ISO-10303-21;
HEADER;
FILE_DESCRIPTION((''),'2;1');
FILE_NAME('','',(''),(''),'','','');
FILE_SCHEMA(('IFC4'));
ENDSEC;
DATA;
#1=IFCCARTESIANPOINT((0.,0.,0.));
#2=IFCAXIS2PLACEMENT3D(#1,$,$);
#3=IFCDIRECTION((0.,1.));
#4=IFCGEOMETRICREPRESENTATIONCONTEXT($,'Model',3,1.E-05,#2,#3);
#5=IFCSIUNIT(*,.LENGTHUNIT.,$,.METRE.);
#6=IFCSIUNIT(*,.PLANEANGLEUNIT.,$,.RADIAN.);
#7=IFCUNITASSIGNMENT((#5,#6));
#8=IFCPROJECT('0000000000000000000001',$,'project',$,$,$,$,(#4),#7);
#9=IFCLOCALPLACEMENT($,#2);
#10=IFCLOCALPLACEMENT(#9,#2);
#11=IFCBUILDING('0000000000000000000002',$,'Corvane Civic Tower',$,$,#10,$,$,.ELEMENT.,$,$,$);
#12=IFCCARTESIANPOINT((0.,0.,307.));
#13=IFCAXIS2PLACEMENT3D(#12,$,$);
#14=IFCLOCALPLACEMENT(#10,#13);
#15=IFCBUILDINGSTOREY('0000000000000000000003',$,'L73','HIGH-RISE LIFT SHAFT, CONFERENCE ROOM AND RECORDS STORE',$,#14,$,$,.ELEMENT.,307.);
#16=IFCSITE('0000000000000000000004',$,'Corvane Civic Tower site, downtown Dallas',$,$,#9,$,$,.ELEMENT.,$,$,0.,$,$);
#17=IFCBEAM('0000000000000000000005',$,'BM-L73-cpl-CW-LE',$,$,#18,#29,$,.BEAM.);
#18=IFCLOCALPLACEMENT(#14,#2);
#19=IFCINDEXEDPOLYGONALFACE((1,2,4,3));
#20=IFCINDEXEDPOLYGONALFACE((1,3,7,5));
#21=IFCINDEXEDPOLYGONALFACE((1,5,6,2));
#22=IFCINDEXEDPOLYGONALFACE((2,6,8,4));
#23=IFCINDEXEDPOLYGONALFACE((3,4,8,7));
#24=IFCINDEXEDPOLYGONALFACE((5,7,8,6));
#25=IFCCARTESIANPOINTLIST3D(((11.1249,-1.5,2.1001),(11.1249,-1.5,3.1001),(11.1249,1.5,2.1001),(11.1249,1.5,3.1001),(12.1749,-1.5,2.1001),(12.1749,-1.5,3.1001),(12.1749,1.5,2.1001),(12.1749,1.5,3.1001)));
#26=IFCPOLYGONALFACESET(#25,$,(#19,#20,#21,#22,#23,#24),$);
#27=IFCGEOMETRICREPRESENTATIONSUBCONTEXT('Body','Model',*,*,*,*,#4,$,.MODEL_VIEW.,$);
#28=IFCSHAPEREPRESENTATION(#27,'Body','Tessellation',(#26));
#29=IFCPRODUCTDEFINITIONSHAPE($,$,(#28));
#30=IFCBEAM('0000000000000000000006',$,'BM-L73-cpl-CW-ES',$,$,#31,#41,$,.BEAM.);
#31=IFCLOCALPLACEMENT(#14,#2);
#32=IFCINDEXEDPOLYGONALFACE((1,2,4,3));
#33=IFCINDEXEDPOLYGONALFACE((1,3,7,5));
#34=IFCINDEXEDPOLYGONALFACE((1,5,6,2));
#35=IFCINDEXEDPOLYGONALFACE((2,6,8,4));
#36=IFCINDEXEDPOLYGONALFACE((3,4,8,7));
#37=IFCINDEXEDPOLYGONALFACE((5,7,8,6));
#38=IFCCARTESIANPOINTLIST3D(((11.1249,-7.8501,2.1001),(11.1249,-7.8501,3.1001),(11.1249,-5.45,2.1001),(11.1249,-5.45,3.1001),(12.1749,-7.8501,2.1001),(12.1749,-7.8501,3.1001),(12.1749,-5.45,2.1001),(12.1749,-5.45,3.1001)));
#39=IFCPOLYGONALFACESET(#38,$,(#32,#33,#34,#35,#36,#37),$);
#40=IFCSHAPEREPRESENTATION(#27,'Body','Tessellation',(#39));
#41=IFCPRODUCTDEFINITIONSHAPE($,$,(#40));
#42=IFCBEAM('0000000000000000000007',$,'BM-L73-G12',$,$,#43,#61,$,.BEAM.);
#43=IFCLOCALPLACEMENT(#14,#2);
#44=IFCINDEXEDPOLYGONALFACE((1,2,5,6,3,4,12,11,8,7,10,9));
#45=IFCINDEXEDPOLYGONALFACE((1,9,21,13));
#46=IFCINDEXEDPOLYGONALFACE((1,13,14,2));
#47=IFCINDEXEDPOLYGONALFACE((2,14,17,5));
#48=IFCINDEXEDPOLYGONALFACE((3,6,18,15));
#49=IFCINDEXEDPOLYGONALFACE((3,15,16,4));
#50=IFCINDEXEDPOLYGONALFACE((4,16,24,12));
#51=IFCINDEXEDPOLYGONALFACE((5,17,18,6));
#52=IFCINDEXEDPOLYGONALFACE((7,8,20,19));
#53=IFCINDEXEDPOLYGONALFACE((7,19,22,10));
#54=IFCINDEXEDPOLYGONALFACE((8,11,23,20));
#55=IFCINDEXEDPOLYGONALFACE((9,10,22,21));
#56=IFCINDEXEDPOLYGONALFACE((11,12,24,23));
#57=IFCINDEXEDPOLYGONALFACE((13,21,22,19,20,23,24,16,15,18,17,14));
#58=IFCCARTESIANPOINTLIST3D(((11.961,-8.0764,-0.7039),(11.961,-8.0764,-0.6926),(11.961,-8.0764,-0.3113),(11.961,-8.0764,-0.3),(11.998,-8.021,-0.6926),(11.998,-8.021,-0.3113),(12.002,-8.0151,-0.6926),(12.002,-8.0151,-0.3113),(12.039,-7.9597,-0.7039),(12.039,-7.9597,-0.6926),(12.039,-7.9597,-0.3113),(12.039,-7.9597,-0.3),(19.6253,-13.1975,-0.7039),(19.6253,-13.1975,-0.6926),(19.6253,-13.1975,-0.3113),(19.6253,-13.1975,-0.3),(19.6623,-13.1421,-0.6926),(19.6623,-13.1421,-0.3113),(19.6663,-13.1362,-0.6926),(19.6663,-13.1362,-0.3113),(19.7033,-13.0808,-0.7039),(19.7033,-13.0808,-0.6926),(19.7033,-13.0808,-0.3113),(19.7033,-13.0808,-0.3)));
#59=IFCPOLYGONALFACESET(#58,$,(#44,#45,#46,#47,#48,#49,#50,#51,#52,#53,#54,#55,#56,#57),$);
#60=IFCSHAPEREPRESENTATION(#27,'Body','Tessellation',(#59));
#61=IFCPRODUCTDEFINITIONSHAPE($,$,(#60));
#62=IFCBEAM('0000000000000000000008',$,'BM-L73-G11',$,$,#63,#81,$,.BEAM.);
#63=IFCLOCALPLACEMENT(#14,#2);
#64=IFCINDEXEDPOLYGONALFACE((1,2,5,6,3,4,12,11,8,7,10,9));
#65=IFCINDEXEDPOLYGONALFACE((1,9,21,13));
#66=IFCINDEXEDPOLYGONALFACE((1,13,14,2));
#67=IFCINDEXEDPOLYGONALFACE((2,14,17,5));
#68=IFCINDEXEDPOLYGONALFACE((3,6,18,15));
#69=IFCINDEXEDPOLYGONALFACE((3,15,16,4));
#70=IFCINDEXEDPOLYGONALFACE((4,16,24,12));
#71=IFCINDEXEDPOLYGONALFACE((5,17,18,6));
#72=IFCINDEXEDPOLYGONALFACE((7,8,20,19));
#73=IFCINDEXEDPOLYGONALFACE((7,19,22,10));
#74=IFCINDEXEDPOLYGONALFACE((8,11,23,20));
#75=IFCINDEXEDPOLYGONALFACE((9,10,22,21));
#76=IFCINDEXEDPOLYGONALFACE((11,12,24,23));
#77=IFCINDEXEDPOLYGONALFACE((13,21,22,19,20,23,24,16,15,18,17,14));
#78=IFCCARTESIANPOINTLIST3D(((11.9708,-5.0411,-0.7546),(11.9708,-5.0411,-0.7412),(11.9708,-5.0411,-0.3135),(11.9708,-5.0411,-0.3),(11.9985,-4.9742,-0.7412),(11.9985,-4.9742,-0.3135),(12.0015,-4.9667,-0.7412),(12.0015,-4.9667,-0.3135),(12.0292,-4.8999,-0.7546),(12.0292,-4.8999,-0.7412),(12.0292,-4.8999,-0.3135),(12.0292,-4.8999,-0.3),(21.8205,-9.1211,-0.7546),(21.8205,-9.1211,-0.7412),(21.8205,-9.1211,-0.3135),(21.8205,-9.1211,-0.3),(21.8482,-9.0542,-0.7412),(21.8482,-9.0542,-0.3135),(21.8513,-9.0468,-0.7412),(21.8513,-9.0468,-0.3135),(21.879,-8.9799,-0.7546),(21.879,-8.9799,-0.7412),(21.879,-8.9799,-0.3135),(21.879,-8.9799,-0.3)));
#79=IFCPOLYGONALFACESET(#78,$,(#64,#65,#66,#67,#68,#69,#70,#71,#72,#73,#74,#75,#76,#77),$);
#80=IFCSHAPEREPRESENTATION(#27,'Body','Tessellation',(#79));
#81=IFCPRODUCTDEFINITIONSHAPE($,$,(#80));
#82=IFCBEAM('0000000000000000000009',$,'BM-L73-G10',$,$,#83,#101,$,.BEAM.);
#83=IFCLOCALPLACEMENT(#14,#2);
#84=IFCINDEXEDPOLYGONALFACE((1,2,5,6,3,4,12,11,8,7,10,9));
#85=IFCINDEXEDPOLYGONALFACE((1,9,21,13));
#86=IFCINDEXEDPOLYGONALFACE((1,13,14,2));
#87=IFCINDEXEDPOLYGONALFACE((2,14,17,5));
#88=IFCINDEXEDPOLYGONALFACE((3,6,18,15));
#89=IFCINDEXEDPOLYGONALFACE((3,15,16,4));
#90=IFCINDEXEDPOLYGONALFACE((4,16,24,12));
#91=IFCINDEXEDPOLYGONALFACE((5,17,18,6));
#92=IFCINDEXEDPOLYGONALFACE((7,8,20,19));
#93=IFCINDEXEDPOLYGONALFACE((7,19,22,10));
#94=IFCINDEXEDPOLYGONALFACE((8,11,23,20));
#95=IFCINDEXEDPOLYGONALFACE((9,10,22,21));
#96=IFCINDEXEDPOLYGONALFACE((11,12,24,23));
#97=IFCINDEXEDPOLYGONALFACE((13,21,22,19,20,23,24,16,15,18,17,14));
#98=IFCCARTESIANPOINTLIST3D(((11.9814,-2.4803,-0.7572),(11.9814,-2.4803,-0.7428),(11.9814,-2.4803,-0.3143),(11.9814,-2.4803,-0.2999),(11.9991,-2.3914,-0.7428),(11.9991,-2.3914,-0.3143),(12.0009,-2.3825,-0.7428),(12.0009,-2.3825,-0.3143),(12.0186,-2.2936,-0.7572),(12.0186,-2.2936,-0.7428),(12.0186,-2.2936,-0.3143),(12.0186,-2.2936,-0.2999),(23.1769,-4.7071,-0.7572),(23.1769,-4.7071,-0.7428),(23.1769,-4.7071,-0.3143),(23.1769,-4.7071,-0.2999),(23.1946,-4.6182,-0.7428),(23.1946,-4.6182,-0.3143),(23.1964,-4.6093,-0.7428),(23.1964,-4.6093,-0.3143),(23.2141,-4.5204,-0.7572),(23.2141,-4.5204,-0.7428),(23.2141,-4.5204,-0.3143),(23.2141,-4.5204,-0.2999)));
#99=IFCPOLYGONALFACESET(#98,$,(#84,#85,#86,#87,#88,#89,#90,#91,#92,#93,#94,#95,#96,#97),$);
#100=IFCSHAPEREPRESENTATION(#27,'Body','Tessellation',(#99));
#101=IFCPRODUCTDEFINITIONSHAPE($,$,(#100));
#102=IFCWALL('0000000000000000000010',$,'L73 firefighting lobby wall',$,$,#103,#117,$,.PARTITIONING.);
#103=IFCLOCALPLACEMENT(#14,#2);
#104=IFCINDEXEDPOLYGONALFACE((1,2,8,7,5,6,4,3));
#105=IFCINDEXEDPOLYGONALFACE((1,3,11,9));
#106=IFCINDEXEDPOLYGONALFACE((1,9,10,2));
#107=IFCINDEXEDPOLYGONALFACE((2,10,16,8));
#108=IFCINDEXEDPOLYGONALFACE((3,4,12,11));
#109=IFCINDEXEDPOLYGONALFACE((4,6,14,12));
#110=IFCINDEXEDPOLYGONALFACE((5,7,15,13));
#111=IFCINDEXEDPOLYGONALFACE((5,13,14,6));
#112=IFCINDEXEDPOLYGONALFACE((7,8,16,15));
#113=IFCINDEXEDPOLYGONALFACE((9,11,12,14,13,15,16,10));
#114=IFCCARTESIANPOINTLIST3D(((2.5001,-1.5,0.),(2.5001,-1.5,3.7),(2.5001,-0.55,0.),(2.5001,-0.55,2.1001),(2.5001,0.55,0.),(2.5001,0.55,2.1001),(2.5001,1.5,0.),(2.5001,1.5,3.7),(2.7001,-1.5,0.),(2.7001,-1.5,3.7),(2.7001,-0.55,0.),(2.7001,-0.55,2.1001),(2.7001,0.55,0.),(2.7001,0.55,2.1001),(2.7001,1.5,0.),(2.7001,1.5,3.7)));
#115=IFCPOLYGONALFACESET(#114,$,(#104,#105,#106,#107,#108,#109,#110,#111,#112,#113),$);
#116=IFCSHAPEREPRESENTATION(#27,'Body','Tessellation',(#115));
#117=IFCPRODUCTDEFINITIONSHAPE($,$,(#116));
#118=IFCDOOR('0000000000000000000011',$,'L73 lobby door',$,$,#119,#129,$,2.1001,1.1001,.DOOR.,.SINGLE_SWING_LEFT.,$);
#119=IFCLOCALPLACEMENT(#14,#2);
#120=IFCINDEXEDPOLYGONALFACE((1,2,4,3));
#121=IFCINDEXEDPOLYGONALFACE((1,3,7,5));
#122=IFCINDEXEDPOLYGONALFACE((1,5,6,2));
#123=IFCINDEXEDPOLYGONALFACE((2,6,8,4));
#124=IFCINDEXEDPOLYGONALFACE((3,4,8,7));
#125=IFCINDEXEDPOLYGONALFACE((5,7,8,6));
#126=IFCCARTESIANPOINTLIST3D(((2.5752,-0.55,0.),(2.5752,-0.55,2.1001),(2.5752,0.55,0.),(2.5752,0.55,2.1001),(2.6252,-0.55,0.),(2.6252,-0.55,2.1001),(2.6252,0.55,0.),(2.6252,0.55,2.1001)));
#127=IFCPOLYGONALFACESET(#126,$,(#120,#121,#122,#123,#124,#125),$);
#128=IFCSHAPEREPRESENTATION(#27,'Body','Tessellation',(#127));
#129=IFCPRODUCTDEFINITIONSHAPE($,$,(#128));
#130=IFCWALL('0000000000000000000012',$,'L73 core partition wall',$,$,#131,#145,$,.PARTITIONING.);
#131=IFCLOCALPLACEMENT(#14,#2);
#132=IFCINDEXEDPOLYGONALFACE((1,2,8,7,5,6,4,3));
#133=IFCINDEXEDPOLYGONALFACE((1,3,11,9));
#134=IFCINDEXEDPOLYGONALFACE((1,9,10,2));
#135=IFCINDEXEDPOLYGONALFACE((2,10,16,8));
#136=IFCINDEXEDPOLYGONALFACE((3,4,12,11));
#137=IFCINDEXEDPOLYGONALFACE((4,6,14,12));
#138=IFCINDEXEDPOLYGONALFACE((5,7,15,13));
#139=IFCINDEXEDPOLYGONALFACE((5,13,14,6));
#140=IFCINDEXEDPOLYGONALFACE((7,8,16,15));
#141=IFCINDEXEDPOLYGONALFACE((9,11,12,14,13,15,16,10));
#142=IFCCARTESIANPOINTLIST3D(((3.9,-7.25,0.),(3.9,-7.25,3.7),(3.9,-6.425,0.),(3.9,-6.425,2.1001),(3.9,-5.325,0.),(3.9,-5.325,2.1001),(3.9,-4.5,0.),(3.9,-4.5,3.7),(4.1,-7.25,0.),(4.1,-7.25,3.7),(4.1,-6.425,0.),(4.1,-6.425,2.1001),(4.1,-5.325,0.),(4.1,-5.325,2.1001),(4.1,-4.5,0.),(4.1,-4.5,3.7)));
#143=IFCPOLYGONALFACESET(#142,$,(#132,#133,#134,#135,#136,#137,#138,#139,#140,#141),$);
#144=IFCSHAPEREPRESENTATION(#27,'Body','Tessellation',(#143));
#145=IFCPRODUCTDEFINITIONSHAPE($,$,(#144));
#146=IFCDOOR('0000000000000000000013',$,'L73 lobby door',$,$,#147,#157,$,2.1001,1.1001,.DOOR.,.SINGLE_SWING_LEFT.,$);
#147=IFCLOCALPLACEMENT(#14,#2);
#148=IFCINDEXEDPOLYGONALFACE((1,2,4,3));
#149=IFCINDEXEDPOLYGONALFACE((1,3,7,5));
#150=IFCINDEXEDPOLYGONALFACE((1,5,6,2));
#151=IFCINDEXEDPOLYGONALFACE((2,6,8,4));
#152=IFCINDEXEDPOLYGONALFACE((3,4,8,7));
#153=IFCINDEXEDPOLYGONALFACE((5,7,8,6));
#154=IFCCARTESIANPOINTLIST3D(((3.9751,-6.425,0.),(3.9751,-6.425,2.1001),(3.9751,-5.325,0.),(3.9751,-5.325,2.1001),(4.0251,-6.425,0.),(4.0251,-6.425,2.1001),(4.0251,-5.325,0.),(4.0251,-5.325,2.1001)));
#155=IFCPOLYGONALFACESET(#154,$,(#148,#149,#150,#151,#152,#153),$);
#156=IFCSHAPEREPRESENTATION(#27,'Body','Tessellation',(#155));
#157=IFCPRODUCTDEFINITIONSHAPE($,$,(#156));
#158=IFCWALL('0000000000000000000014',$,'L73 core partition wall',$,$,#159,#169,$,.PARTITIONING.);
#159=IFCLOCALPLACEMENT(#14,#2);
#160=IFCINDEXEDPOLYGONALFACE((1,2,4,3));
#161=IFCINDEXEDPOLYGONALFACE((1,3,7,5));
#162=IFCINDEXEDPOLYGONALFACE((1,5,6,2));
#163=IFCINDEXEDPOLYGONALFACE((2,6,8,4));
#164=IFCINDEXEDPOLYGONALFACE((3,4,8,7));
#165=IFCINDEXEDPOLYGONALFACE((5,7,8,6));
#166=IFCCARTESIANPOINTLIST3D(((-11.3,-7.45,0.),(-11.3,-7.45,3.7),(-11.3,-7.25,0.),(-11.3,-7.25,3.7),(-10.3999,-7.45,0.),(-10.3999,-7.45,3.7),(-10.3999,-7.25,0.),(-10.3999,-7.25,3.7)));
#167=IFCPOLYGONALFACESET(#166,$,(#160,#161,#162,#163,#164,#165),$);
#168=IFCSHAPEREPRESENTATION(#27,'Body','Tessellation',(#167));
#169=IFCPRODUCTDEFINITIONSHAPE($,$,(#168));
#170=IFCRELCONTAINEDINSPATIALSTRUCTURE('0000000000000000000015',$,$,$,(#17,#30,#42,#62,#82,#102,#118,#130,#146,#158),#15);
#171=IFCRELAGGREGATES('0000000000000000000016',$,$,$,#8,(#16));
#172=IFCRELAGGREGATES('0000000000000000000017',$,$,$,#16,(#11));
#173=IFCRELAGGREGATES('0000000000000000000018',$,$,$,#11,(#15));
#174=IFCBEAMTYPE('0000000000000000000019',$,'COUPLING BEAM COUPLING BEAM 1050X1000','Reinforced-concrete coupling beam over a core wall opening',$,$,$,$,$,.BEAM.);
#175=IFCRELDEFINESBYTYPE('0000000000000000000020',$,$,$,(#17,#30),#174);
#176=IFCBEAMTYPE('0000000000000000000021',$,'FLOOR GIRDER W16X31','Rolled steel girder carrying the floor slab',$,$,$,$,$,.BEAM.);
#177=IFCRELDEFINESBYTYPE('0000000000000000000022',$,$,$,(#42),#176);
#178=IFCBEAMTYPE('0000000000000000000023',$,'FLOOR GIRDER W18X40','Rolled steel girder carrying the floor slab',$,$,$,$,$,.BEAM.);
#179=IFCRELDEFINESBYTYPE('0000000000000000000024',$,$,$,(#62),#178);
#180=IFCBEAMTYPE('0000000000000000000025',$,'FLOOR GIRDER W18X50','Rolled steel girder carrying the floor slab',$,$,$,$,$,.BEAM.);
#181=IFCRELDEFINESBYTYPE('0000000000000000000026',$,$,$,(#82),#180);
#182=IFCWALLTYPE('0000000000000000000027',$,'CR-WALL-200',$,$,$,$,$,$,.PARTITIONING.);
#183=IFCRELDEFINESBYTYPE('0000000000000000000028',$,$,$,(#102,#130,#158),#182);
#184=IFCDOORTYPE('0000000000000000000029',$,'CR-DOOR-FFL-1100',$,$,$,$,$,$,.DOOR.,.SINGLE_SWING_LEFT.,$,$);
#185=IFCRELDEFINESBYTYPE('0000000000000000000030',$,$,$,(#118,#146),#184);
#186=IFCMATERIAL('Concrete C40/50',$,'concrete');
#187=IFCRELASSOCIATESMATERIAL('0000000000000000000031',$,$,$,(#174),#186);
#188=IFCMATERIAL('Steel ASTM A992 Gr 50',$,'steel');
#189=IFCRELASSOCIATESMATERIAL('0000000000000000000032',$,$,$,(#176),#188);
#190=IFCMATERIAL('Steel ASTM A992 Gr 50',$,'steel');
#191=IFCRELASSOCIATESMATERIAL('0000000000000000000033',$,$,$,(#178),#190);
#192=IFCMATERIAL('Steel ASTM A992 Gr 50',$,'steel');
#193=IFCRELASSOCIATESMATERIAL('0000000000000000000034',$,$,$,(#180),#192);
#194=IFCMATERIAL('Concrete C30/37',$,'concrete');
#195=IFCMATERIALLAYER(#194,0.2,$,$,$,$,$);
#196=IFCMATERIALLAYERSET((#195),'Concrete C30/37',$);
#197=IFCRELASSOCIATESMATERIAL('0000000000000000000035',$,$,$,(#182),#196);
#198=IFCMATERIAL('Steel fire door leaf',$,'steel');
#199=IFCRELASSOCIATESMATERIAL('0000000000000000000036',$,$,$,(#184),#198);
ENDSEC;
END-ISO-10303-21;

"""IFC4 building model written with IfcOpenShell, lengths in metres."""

from ifc_helpers import new_model, si_unit, direction, frame, frame_2d, origin, origin_2d, place, context, subcontext, project, spatial, polyline, rectangle, i_section, outline, extrude, material, layer, layer_set, material_profile, profile_set, type_object, element, fill, save


model = new_model("IFC4")

# Units and contexts
model_context = context("Model", 3, precision=1e-05, world=origin(), true_north=direction((0.0, 1.0)))
body_context = subcontext(model_context, "Body", "Model", "MODEL_VIEW")
ifc_project = project(units=[si_unit("LENGTHUNIT", "METRE"), si_unit("PLANEANGLEUNIT", "RADIAN")], contexts=[model_context])

# Site, building, storey
site_placement = place(None, origin())
site = spatial("IfcSite", under=ifc_project, at=site_placement, Name="Corvane Civic Tower site, downtown Dallas", CompositionType="ELEMENT", RefElevation=0.0)
building_placement = place(site_placement, origin())
building = spatial("IfcBuilding", under=site, at=building_placement, Name="Corvane Civic Tower", CompositionType="ELEMENT")
storey_placement = place(building_placement, frame((0.0, 0.0, 307.0)))
storey = spatial("IfcBuildingStorey", under=building, at=storey_placement, Name="L73", Description="HIGH-RISE LIFT SHAFT, CONFERENCE ROOM AND RECORDS STORE", CompositionType="ELEMENT", Elevation=307.0)

# Beams
ifc_material_1 = material(Name="Concrete C40/50", Category="concrete")
ifc_material_profile_1 = material_profile(ifc_material_1, rectangle(XDim=1.05, YDim=1.0, at=origin_2d()), Name="COUPLING BEAM 1050X1000")
ifc_profile_set_1 = profile_set([ifc_material_profile_1], Name="Concrete C40/50")
beam_type_1 = type_object("IfcBeamType", Name="COUPLING BEAM COUPLING BEAM 1050X1000", Description="Reinforced-concrete coupling beam over a core wall opening", PredefinedType="BEAM", material=ifc_profile_set_1)
beam_1_placement = place(storey_placement, frame((11.6499, -1.5, 2.6001), z_axis=(0.0, 1.0, 0.0), x_axis=(-1.0, 0.0, 0.0)))
element("IfcBeam", 1, at=beam_1_placement, inside=storey, type_object=beam_type_1, Name="BM-L73-cpl-CW-LE", PredefinedType="BEAM", context=body_context, shape_type="SweptSolid", body=[
    extrude(rectangle(XDim=1.05, YDim=1.0, at=origin_2d()), origin(), (0.0, 0.0, 1.0), 3.0),
])
beam_2_placement = place(storey_placement, frame((11.6499, -7.8501, 2.6001), z_axis=(0.0, 1.0, 0.0), x_axis=(-1.0, 0.0, 0.0)))
element("IfcBeam", 2, at=beam_2_placement, inside=storey, type_object=beam_type_1, Name="BM-L73-cpl-CW-ES", PredefinedType="BEAM", context=body_context, shape_type="SweptSolid", body=[
    extrude(rectangle(XDim=1.05, YDim=1.0, at=origin_2d()), origin(), (0.0, 0.0, 1.0), 2.4001),
])
ifc_material_2 = material(Name="Steel ASTM A992 Gr 50", Category="steel")
ifc_material_profile_2 = material_profile(ifc_material_2, i_section(OverallWidth=0.1404, OverallDepth=0.4038, WebThickness=0.0071, FlangeThickness=0.0112, at=origin_2d()), Name="W16X31")
ifc_profile_set_2 = profile_set([ifc_material_profile_2], Name="Steel ASTM A992 Gr 50")
beam_type_2 = type_object("IfcBeamType", Name="FLOOR GIRDER W16X31", Description="Rolled steel girder carrying the floor slab", PredefinedType="BEAM", material=ifc_profile_set_2)
beam_3_placement = place(storey_placement, frame((12.0, -8.0181, -0.502), z_axis=(0.831471, -0.555568, 0.0), x_axis=(0.555568, 0.831471, 0.0)))
element("IfcBeam", 3, at=beam_3_placement, inside=storey, type_object=beam_type_2, Name="BM-L73-G12", PredefinedType="BEAM", context=body_context, shape_type="SweptSolid", body=[
    extrude(i_section(OverallWidth=0.1404, OverallDepth=0.4038, WebThickness=0.0071, FlangeThickness=0.0112, at=origin_2d()), origin(), (0.0, 0.0, 1.0), 9.2178),
])
ifc_material_3 = material(Name="Steel ASTM A992 Gr 50", Category="steel")
ifc_material_profile_3 = material_profile(ifc_material_3, i_section(OverallWidth=0.1528, OverallDepth=0.4546, WebThickness=0.0081, FlangeThickness=0.0134, at=origin_2d()), Name="W18X40")
ifc_profile_set_3 = profile_set([ifc_material_profile_3], Name="Steel ASTM A992 Gr 50")
beam_type_3 = type_object("IfcBeamType", Name="FLOOR GIRDER W18X40", Description="Rolled steel girder carrying the floor slab", PredefinedType="BEAM", material=ifc_profile_set_3)
beam_4_placement = place(storey_placement, frame((12.0, -4.9705, -0.5273), z_axis=(0.923875, -0.382694, 0.0), x_axis=(0.382694, 0.923875, 0.0)))
element("IfcBeam", 4, at=beam_4_placement, inside=storey, type_object=beam_type_3, Name="BM-L73-G11", PredefinedType="BEAM", context=body_context, shape_type="SweptSolid", body=[
    extrude(i_section(OverallWidth=0.1528, OverallDepth=0.4546, WebThickness=0.0081, FlangeThickness=0.0134, at=origin_2d()), origin(), (0.0, 0.0, 1.0), 10.6614),
])
ifc_material_4 = material(Name="Steel ASTM A992 Gr 50", Category="steel")
ifc_material_profile_4 = material_profile(ifc_material_4, i_section(OverallWidth=0.1904, OverallDepth=0.4573, WebThickness=0.009, FlangeThickness=0.0144, at=origin_2d()), Name="W18X50")
ifc_profile_set_4 = profile_set([ifc_material_profile_4], Name="Steel ASTM A992 Gr 50")
beam_type_4 = type_object("IfcBeamType", Name="FLOOR GIRDER W18X50", Description="Rolled steel girder carrying the floor slab", PredefinedType="BEAM", material=ifc_profile_set_4)
beam_5_placement = place(storey_placement, frame((12.0, -2.387, -0.5286), z_axis=(0.980787, -0.19508, 0.0), x_axis=(0.19508, 0.980787, 0.0)))
element("IfcBeam", 5, at=beam_5_placement, inside=storey, type_object=beam_type_4, Name="BM-L73-G10", PredefinedType="BEAM", context=body_context, shape_type="SweptSolid", body=[
    extrude(i_section(OverallWidth=0.1904, OverallDepth=0.4573, WebThickness=0.009, FlangeThickness=0.0144, at=origin_2d()), origin(), (0.0, 0.0, 1.0), 11.4148),
])

# Walls, openings, doors
ifc_material_5 = material(Name="Concrete C30/37", Category="concrete")
ifc_layer_1 = layer(ifc_material_5, 0.2)
ifc_layer_set_1 = layer_set([ifc_layer_1], Name="Concrete C30/37")
wall_type_1 = type_object("IfcWallType", Name="CR-WALL-200", PredefinedType="PARTITIONING", material=ifc_layer_set_1)
wall_1_placement = place(storey_placement, frame((2.6001, -1.5, 0.0), z_axis=(0.0, 0.0, 1.0), x_axis=(0.0, 1.0, 0.0)))
wall_1 = element("IfcWall", 6, at=wall_1_placement, inside=storey, type_object=wall_type_1, Name="L73 firefighting lobby wall", PredefinedType="PARTITIONING", context=body_context, shape_type="SweptSolid", body=[
    extrude(rectangle(XDim=3.0, YDim=0.2, at=frame_2d((1.5, 0.0))), origin(), (0.0, 0.0, 1.0), 3.7),
])
opening_1_placement = place(wall_1_placement, frame((0.95, 0.0, 0.0)))
opening_1 = element("IfcOpeningElement", 7, at=opening_1_placement, cuts=wall_1, PredefinedType="OPENING", context=body_context, shape_type="SweptSolid", body=[
    extrude(rectangle(XDim=1.1001, YDim=2.1001, at=frame_2d((0.55, 1.05))), frame((0.0, 0.1099, 0.0), z_axis=(0.0, -1.0, 0.0), x_axis=(1.0, 0.0, 0.0)), (0.0, 0.0, 1.0), 0.22),
])
ifc_material_6 = material(Name="Steel fire door leaf", Category="steel")
door_type_1 = type_object("IfcDoorType", Name="CR-DOOR-FFL-1100", OperationType="SINGLE_SWING_LEFT", PredefinedType="DOOR", material=ifc_material_6)
door_1_placement = place(opening_1_placement, origin())
door_1 = element("IfcDoor", 8, at=door_1_placement, inside=storey, type_object=door_type_1, Name="L73 lobby door", OperationType="SINGLE_SWING_LEFT", OverallHeight=2.1001, OverallWidth=1.1001, PredefinedType="DOOR", context=body_context, shape_type="SweptSolid", body=[
    extrude(rectangle(XDim=1.1001, YDim=2.1001, at=frame_2d((0.55, 1.05))), frame((0.0, 0.0249, 0.0), z_axis=(0.0, -1.0, 0.0), x_axis=(1.0, 0.0, 0.0)), (0.0, 0.0, 1.0), 0.05),
])
fill(opening_1, door_1)
wall_2_placement = place(storey_placement, frame((4.0, -7.25, 0.0), z_axis=(0.0, 0.0, 1.0), x_axis=(0.0, 1.0, 0.0)))
wall_2 = element("IfcWall", 9, at=wall_2_placement, inside=storey, type_object=wall_type_1, Name="L73 core partition wall", PredefinedType="PARTITIONING", context=body_context, shape_type="SweptSolid", body=[
    extrude(rectangle(XDim=2.75, YDim=0.2, at=frame_2d((1.375, 0.0))), origin(), (0.0, 0.0, 1.0), 3.7),
])
opening_2_placement = place(wall_2_placement, frame((0.825, 0.0, 0.0)))
opening_2 = element("IfcOpeningElement", 10, at=opening_2_placement, cuts=wall_2, PredefinedType="OPENING", context=body_context, shape_type="SweptSolid", body=[
    extrude(rectangle(XDim=1.1001, YDim=2.1001, at=frame_2d((0.55, 1.05))), frame((0.0, 0.1099, 0.0), z_axis=(0.0, -1.0, 0.0), x_axis=(1.0, 0.0, 0.0)), (0.0, 0.0, 1.0), 0.22),
])
door_2_placement = place(opening_2_placement, origin())
door_2 = element("IfcDoor", 11, at=door_2_placement, inside=storey, type_object=door_type_1, Name="L73 lobby door", OperationType="SINGLE_SWING_LEFT", OverallHeight=2.1001, OverallWidth=1.1001, PredefinedType="DOOR", context=body_context, shape_type="SweptSolid", body=[
    extrude(rectangle(XDim=1.1001, YDim=2.1001, at=frame_2d((0.55, 1.05))), frame((0.0, 0.0249, 0.0), z_axis=(0.0, -1.0, 0.0), x_axis=(1.0, 0.0, 0.0)), (0.0, 0.0, 1.0), 0.05),
])
fill(opening_2, door_2)

# Wall
wall_3_placement = place(storey_placement, origin())
element("IfcWall", 12, at=wall_3_placement, inside=storey, type_object=wall_type_1, Name="L73 core partition wall", PredefinedType="PARTITIONING", context=body_context, shape_type="SweptSolid", body=[
    extrude(outline(polyline([(-10.3999, -7.45), (-11.3, -7.45), (-11.3, -7.25), (-10.3999, -7.25), (-10.3999, -7.45)])), origin(), (0.0, 0.0, 1.0), 3.7),
])

save(model, "model.ifc")
